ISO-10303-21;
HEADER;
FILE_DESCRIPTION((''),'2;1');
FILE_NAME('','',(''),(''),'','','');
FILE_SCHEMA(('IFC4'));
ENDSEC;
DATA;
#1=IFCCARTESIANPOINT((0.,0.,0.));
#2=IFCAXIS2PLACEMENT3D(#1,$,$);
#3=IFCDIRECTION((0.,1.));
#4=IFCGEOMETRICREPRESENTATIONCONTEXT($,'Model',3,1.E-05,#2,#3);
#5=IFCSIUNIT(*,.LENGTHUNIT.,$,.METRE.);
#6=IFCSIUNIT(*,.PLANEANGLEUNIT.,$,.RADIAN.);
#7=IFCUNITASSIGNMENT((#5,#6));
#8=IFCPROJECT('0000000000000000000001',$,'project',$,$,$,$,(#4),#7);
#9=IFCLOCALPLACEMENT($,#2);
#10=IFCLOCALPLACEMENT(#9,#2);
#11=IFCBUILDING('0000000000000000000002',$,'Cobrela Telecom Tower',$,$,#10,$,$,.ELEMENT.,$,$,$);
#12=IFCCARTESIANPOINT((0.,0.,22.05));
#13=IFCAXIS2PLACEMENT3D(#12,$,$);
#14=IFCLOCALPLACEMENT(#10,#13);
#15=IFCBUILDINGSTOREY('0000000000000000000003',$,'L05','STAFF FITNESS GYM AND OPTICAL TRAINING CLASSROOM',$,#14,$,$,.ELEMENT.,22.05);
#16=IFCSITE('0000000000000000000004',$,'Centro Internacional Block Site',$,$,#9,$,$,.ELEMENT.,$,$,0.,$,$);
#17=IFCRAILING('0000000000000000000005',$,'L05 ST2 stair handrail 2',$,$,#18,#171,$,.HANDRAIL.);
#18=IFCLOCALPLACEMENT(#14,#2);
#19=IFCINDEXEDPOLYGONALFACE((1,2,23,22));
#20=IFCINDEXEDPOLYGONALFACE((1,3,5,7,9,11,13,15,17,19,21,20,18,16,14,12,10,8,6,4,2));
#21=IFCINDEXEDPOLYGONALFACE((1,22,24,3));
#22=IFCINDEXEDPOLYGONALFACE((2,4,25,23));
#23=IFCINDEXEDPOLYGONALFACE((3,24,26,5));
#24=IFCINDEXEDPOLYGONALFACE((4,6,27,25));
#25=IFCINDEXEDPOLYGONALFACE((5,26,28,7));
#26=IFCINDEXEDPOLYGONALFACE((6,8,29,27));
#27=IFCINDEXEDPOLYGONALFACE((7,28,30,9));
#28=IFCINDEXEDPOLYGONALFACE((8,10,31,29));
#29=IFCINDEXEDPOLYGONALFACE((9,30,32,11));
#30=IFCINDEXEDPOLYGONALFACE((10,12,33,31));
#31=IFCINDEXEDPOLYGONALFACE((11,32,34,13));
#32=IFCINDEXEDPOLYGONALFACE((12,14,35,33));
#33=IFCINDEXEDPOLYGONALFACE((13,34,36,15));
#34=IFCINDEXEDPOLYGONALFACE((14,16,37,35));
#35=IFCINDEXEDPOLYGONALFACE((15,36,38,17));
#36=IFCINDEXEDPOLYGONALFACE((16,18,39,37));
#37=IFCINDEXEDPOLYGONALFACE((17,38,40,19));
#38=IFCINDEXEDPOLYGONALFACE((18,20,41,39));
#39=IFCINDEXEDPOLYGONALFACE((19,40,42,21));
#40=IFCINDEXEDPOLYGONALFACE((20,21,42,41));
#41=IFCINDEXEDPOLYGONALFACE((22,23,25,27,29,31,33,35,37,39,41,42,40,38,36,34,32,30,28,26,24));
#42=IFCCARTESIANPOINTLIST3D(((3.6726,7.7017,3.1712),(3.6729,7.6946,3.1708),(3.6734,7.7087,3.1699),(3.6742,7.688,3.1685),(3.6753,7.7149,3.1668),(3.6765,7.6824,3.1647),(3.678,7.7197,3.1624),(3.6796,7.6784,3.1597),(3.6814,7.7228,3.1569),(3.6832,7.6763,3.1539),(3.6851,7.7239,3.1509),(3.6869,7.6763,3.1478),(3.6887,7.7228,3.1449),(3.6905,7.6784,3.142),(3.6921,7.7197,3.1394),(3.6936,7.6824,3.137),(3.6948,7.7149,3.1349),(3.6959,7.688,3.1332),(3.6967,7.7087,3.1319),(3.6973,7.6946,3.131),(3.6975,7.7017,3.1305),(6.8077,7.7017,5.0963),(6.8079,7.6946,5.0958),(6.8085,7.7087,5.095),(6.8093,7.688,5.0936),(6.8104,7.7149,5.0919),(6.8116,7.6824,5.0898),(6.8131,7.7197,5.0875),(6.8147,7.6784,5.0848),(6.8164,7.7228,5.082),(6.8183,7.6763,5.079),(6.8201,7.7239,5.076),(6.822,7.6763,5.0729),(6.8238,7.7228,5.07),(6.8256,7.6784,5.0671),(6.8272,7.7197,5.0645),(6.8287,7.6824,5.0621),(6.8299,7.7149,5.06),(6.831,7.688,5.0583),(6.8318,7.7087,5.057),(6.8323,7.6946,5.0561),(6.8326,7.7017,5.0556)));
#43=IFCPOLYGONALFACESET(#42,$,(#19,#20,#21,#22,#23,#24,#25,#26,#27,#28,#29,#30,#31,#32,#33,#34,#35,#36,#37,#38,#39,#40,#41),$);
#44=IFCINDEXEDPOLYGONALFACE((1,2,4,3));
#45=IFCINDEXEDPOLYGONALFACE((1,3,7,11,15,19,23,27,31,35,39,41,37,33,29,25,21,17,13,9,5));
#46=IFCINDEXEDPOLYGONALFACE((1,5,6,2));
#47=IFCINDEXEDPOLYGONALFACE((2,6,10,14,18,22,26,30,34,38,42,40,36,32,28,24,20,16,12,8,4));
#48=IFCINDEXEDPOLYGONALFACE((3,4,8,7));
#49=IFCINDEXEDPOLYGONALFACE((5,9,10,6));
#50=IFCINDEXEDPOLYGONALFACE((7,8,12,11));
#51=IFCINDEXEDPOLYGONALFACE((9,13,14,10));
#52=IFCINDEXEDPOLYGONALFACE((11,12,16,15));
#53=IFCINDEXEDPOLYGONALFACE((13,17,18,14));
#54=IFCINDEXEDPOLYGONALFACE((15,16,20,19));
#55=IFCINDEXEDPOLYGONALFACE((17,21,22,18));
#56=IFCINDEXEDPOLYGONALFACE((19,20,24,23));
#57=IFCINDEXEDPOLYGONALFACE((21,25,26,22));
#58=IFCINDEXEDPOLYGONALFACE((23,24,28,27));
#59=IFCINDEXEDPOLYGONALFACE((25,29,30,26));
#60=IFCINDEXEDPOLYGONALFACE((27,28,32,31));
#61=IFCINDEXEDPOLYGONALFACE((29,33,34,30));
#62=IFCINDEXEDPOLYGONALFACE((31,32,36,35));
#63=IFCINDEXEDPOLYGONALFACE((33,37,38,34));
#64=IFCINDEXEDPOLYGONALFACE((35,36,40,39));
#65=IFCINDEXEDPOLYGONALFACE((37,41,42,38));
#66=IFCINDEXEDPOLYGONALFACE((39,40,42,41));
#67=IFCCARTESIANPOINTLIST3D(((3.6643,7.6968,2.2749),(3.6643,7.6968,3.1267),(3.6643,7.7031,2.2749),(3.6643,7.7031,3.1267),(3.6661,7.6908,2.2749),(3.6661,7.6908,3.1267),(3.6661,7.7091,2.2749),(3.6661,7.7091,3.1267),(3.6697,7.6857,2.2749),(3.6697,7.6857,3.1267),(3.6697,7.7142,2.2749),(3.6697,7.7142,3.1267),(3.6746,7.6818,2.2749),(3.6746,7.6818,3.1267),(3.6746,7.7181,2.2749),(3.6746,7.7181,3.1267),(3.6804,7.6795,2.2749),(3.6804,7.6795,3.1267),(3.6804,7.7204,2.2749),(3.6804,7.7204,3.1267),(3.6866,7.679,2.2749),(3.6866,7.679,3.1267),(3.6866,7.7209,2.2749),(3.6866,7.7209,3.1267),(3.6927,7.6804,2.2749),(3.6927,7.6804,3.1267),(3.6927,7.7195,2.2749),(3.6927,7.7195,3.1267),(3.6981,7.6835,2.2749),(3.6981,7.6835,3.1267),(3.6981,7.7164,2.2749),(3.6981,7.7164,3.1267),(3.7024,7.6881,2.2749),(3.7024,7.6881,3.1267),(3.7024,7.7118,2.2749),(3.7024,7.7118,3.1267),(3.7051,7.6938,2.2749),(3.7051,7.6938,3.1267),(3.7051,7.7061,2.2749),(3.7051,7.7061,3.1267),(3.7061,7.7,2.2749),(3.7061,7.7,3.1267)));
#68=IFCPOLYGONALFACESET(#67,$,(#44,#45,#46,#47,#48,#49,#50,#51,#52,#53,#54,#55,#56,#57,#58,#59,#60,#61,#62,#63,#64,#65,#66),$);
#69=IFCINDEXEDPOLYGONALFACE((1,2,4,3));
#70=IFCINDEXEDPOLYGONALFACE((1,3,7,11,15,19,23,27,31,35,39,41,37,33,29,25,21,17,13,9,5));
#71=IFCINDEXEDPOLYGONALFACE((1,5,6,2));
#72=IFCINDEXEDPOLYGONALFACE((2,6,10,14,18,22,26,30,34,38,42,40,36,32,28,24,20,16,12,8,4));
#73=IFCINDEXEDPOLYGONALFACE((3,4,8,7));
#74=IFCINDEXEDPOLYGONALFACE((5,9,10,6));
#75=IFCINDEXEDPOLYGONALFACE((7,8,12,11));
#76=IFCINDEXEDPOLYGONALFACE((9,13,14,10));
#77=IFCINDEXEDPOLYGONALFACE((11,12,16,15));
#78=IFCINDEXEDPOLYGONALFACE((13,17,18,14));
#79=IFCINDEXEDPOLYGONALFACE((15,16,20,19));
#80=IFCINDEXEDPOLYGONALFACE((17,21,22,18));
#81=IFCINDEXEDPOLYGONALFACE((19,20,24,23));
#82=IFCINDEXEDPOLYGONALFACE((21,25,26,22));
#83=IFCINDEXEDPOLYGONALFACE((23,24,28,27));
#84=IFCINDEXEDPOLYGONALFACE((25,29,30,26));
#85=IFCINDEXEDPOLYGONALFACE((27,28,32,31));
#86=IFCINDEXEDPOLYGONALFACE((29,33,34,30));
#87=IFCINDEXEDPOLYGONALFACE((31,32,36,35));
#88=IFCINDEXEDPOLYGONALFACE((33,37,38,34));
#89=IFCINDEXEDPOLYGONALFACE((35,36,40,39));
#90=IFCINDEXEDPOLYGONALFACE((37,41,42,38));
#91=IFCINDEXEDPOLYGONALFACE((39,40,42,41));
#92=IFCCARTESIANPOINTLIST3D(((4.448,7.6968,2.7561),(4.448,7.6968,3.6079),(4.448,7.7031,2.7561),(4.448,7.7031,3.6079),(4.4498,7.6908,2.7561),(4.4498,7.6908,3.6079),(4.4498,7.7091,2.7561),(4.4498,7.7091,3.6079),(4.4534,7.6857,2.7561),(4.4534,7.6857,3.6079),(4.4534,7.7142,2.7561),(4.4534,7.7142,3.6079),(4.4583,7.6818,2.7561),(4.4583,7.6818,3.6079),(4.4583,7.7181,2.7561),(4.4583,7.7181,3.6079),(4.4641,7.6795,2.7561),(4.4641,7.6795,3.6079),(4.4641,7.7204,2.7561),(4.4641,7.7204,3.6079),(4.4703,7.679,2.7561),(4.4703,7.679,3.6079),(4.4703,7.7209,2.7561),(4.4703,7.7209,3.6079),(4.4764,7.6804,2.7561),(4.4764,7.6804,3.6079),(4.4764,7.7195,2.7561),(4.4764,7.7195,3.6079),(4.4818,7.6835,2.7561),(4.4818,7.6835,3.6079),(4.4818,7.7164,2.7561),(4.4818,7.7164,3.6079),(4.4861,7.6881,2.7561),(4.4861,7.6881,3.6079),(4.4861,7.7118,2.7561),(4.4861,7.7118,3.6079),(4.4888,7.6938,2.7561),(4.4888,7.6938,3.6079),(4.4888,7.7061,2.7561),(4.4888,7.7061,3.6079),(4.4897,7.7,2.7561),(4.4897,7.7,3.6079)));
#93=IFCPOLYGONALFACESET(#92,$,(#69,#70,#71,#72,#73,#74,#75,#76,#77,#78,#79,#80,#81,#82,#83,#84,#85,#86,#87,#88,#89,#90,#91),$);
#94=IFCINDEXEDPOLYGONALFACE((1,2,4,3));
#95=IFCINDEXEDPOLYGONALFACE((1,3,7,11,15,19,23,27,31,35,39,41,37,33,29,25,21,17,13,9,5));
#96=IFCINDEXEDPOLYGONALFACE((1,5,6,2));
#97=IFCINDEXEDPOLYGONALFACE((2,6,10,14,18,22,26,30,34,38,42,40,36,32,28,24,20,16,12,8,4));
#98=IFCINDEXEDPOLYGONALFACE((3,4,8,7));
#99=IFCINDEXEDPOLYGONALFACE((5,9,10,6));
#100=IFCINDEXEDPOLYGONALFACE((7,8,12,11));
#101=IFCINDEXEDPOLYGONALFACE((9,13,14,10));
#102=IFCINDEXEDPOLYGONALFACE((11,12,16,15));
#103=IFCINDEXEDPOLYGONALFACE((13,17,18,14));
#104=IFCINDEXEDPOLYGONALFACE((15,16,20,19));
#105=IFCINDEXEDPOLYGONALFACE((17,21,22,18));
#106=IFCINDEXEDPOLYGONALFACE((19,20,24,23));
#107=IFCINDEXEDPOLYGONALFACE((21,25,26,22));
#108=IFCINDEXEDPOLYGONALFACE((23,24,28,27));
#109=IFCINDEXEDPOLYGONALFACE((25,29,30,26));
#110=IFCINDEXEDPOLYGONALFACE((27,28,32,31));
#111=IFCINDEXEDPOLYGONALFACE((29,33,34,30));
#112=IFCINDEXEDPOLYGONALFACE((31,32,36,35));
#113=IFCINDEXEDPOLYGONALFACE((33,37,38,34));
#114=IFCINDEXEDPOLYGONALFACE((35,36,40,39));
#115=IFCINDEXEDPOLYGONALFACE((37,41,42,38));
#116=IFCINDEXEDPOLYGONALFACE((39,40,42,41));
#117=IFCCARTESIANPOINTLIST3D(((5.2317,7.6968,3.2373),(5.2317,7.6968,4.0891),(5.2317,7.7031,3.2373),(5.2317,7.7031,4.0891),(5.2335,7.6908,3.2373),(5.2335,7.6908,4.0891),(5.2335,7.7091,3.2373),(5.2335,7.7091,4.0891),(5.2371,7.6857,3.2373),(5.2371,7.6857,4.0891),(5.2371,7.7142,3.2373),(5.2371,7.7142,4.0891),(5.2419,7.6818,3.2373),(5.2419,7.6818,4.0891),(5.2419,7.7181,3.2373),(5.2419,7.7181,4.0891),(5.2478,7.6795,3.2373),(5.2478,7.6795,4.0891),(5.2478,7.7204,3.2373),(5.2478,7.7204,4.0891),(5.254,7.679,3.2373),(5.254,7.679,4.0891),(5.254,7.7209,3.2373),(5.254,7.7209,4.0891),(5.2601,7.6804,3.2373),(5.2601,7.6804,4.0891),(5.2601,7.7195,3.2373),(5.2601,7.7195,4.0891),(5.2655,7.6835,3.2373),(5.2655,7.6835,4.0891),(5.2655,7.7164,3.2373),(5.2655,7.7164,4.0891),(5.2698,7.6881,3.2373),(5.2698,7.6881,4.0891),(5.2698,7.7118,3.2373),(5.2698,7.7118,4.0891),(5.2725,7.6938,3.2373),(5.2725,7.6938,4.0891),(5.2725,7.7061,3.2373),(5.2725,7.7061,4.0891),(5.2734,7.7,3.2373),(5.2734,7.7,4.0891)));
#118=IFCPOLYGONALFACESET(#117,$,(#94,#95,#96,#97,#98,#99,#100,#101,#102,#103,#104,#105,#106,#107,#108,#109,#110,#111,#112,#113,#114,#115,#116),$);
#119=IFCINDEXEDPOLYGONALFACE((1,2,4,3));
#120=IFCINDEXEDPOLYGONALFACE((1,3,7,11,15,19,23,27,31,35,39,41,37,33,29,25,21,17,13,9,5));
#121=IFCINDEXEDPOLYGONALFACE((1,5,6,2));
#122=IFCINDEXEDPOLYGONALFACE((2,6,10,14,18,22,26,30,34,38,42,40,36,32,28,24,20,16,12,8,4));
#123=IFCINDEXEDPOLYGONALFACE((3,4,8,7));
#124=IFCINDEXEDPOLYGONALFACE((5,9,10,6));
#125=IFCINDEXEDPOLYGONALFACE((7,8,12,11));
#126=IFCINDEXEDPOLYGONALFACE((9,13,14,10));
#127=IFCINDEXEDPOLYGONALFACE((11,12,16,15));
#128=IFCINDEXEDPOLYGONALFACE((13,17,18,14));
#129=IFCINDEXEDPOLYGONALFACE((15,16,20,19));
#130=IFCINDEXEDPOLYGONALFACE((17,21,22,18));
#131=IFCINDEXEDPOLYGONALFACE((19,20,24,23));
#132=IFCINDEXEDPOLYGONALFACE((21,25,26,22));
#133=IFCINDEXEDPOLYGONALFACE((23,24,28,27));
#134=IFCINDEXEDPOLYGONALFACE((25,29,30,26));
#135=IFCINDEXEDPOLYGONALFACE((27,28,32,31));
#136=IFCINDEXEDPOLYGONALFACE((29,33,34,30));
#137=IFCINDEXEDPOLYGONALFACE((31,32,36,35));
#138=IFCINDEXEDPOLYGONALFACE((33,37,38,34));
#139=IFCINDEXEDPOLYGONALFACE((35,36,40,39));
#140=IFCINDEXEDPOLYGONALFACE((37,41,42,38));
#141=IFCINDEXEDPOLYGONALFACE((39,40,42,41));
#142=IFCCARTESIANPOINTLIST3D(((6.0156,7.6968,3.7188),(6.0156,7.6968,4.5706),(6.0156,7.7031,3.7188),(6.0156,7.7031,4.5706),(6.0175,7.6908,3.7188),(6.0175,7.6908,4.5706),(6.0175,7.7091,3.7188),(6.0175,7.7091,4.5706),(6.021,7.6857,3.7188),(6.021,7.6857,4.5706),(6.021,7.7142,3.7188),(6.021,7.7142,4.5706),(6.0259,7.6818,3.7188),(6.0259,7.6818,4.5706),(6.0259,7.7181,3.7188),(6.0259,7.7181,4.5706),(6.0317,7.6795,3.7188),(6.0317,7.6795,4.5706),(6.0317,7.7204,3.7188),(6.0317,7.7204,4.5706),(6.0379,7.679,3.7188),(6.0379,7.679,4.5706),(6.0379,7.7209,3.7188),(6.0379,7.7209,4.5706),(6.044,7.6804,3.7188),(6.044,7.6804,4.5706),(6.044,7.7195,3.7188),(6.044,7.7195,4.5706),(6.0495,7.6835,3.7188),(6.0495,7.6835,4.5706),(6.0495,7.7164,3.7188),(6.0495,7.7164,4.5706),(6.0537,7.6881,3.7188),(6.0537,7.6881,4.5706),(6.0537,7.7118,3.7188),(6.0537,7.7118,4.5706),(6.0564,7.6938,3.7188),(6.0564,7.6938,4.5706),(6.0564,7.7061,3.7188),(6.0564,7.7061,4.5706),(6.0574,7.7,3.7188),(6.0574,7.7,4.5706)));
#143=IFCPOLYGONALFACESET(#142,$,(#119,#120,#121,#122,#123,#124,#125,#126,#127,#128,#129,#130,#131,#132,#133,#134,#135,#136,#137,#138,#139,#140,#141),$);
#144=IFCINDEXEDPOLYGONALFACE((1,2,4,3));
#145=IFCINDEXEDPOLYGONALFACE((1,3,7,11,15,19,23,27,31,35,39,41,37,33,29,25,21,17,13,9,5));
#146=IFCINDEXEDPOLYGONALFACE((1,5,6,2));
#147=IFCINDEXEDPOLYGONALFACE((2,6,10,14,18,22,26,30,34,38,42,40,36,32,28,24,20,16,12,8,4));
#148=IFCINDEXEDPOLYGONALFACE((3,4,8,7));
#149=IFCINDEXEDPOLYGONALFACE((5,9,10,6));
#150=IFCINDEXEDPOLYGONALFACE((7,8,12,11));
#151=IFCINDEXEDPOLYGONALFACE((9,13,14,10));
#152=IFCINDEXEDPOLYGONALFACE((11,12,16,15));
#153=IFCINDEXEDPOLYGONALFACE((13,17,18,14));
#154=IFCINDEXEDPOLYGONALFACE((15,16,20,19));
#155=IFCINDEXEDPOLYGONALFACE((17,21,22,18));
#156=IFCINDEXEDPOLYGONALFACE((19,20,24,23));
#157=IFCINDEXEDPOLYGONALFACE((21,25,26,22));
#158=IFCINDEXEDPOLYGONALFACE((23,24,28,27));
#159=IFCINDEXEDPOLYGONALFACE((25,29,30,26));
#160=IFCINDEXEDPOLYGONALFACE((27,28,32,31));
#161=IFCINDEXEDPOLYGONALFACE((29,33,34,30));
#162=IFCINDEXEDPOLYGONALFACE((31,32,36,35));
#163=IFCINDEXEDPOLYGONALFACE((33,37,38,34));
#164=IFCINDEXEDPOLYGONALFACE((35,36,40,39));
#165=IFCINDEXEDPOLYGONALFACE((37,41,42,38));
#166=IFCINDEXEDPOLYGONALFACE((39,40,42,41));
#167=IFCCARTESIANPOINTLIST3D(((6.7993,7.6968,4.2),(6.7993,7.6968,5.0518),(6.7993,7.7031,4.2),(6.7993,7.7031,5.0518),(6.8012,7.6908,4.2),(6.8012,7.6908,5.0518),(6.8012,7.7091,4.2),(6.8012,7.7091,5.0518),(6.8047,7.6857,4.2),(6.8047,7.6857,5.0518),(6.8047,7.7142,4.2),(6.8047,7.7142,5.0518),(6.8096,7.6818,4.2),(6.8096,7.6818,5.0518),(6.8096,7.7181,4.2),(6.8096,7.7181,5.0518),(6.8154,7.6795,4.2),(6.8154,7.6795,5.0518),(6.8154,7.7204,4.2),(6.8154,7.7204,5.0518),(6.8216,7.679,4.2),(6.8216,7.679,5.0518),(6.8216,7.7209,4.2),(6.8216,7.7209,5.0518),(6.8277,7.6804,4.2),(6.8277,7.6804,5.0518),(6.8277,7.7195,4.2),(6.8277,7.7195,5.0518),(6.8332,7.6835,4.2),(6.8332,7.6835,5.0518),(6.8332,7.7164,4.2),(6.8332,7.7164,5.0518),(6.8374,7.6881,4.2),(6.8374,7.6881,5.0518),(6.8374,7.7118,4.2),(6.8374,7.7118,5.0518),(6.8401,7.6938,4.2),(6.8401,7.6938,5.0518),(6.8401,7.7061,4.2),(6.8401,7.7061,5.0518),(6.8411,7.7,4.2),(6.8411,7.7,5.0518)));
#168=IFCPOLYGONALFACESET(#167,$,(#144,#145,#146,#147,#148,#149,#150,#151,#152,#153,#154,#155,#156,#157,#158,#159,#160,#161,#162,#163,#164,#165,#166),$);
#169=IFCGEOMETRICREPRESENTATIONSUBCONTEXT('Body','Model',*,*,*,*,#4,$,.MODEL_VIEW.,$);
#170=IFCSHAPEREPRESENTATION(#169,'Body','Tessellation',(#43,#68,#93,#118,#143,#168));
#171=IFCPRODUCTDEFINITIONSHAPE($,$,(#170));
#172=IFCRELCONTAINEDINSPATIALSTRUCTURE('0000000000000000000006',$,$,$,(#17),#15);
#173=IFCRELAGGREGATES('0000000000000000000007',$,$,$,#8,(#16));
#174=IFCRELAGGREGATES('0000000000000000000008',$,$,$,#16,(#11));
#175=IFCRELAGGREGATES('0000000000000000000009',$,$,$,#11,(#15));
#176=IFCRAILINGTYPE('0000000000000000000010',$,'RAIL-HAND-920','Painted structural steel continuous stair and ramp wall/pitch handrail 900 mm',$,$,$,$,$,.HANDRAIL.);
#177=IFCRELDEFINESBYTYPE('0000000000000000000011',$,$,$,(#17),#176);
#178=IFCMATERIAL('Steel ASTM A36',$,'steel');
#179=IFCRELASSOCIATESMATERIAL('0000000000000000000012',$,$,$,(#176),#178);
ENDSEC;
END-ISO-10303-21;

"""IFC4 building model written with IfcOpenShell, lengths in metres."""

from ifc_helpers import new_model, si_unit, direction, frame, origin, origin_2d, place, context, subcontext, project, spatial, circle, extrude, material, type_object, element, save


model = new_model("IFC4")

# Units and contexts
model_context = context("Model", 3, precision=1e-05, world=origin(), true_north=direction((0.0, 1.0)))
body_context = subcontext(model_context, "Body", "Model", "MODEL_VIEW")
ifc_project = project(units=[si_unit("LENGTHUNIT", "METRE"), si_unit("PLANEANGLEUNIT", "RADIAN")], contexts=[model_context])

# Site, building, storey
site_placement = place(None, origin())
site = spatial("IfcSite", under=ifc_project, at=site_placement, Name="Centro Internacional Block Site", CompositionType="ELEMENT", RefElevation=0.0)
building_placement = place(site_placement, origin())
building = spatial("IfcBuilding", under=site, at=building_placement, Name="Cobrela Telecom Tower", CompositionType="ELEMENT")
storey_placement = place(building_placement, frame((0.0, 0.0, 22.05)))
storey = spatial("IfcBuildingStorey", under=building, at=storey_placement, Name="L05", Description="STAFF FITNESS GYM AND OPTICAL TRAINING CLASSROOM", CompositionType="ELEMENT", Elevation=22.05)

# Shared definitions
ifc_material_1 = material(Name="Steel ASTM A36", Category="steel")

# Railing
railing_type_1 = type_object("IfcRailingType", Name="RAIL-HAND-920", Description="Painted structural steel continuous stair and ramp wall/pitch handrail 900 mm", PredefinedType="HANDRAIL", material=ifc_material_1)
railing_1_placement = place(storey_placement, frame((3.6851, 7.7, 2.2749)))
element("IfcRailing", 1, at=railing_1_placement, inside=storey, type_object=railing_type_1, Name="L05 ST2 stair handrail 2", PredefinedType="HANDRAIL", context=body_context, shape_type="SweptSolid", body=[
    extrude(circle(Radius=0.0239, at=origin_2d()), frame((0.0, 0.0, 0.876), z_axis=(0.852166, 0.0, 0.523271), x_axis=(0.0, 1.0, 0.0)), (0.0, 0.0, 1.0), 3.679),
    extrude(circle(Radius=0.021, at=origin_2d()), origin(), (0.0, 0.0, 1.0), 0.8518),
    extrude(circle(Radius=0.021, at=origin_2d()), frame((0.7837, 0.0, 0.4812)), (0.0, 0.0, 1.0), 0.8518),
    extrude(circle(Radius=0.021, at=origin_2d()), frame((1.5674, 0.0, 0.9624)), (0.0, 0.0, 1.0), 0.8518),
    extrude(circle(Radius=0.021, at=origin_2d()), frame((2.3513, 0.0, 1.4438)), (0.0, 0.0, 1.0), 0.8518),
    extrude(circle(Radius=0.021, at=origin_2d()), frame((3.135, 0.0, 1.925)), (0.0, 0.0, 1.0), 0.8518),
])

save(model, "model.ifc")
